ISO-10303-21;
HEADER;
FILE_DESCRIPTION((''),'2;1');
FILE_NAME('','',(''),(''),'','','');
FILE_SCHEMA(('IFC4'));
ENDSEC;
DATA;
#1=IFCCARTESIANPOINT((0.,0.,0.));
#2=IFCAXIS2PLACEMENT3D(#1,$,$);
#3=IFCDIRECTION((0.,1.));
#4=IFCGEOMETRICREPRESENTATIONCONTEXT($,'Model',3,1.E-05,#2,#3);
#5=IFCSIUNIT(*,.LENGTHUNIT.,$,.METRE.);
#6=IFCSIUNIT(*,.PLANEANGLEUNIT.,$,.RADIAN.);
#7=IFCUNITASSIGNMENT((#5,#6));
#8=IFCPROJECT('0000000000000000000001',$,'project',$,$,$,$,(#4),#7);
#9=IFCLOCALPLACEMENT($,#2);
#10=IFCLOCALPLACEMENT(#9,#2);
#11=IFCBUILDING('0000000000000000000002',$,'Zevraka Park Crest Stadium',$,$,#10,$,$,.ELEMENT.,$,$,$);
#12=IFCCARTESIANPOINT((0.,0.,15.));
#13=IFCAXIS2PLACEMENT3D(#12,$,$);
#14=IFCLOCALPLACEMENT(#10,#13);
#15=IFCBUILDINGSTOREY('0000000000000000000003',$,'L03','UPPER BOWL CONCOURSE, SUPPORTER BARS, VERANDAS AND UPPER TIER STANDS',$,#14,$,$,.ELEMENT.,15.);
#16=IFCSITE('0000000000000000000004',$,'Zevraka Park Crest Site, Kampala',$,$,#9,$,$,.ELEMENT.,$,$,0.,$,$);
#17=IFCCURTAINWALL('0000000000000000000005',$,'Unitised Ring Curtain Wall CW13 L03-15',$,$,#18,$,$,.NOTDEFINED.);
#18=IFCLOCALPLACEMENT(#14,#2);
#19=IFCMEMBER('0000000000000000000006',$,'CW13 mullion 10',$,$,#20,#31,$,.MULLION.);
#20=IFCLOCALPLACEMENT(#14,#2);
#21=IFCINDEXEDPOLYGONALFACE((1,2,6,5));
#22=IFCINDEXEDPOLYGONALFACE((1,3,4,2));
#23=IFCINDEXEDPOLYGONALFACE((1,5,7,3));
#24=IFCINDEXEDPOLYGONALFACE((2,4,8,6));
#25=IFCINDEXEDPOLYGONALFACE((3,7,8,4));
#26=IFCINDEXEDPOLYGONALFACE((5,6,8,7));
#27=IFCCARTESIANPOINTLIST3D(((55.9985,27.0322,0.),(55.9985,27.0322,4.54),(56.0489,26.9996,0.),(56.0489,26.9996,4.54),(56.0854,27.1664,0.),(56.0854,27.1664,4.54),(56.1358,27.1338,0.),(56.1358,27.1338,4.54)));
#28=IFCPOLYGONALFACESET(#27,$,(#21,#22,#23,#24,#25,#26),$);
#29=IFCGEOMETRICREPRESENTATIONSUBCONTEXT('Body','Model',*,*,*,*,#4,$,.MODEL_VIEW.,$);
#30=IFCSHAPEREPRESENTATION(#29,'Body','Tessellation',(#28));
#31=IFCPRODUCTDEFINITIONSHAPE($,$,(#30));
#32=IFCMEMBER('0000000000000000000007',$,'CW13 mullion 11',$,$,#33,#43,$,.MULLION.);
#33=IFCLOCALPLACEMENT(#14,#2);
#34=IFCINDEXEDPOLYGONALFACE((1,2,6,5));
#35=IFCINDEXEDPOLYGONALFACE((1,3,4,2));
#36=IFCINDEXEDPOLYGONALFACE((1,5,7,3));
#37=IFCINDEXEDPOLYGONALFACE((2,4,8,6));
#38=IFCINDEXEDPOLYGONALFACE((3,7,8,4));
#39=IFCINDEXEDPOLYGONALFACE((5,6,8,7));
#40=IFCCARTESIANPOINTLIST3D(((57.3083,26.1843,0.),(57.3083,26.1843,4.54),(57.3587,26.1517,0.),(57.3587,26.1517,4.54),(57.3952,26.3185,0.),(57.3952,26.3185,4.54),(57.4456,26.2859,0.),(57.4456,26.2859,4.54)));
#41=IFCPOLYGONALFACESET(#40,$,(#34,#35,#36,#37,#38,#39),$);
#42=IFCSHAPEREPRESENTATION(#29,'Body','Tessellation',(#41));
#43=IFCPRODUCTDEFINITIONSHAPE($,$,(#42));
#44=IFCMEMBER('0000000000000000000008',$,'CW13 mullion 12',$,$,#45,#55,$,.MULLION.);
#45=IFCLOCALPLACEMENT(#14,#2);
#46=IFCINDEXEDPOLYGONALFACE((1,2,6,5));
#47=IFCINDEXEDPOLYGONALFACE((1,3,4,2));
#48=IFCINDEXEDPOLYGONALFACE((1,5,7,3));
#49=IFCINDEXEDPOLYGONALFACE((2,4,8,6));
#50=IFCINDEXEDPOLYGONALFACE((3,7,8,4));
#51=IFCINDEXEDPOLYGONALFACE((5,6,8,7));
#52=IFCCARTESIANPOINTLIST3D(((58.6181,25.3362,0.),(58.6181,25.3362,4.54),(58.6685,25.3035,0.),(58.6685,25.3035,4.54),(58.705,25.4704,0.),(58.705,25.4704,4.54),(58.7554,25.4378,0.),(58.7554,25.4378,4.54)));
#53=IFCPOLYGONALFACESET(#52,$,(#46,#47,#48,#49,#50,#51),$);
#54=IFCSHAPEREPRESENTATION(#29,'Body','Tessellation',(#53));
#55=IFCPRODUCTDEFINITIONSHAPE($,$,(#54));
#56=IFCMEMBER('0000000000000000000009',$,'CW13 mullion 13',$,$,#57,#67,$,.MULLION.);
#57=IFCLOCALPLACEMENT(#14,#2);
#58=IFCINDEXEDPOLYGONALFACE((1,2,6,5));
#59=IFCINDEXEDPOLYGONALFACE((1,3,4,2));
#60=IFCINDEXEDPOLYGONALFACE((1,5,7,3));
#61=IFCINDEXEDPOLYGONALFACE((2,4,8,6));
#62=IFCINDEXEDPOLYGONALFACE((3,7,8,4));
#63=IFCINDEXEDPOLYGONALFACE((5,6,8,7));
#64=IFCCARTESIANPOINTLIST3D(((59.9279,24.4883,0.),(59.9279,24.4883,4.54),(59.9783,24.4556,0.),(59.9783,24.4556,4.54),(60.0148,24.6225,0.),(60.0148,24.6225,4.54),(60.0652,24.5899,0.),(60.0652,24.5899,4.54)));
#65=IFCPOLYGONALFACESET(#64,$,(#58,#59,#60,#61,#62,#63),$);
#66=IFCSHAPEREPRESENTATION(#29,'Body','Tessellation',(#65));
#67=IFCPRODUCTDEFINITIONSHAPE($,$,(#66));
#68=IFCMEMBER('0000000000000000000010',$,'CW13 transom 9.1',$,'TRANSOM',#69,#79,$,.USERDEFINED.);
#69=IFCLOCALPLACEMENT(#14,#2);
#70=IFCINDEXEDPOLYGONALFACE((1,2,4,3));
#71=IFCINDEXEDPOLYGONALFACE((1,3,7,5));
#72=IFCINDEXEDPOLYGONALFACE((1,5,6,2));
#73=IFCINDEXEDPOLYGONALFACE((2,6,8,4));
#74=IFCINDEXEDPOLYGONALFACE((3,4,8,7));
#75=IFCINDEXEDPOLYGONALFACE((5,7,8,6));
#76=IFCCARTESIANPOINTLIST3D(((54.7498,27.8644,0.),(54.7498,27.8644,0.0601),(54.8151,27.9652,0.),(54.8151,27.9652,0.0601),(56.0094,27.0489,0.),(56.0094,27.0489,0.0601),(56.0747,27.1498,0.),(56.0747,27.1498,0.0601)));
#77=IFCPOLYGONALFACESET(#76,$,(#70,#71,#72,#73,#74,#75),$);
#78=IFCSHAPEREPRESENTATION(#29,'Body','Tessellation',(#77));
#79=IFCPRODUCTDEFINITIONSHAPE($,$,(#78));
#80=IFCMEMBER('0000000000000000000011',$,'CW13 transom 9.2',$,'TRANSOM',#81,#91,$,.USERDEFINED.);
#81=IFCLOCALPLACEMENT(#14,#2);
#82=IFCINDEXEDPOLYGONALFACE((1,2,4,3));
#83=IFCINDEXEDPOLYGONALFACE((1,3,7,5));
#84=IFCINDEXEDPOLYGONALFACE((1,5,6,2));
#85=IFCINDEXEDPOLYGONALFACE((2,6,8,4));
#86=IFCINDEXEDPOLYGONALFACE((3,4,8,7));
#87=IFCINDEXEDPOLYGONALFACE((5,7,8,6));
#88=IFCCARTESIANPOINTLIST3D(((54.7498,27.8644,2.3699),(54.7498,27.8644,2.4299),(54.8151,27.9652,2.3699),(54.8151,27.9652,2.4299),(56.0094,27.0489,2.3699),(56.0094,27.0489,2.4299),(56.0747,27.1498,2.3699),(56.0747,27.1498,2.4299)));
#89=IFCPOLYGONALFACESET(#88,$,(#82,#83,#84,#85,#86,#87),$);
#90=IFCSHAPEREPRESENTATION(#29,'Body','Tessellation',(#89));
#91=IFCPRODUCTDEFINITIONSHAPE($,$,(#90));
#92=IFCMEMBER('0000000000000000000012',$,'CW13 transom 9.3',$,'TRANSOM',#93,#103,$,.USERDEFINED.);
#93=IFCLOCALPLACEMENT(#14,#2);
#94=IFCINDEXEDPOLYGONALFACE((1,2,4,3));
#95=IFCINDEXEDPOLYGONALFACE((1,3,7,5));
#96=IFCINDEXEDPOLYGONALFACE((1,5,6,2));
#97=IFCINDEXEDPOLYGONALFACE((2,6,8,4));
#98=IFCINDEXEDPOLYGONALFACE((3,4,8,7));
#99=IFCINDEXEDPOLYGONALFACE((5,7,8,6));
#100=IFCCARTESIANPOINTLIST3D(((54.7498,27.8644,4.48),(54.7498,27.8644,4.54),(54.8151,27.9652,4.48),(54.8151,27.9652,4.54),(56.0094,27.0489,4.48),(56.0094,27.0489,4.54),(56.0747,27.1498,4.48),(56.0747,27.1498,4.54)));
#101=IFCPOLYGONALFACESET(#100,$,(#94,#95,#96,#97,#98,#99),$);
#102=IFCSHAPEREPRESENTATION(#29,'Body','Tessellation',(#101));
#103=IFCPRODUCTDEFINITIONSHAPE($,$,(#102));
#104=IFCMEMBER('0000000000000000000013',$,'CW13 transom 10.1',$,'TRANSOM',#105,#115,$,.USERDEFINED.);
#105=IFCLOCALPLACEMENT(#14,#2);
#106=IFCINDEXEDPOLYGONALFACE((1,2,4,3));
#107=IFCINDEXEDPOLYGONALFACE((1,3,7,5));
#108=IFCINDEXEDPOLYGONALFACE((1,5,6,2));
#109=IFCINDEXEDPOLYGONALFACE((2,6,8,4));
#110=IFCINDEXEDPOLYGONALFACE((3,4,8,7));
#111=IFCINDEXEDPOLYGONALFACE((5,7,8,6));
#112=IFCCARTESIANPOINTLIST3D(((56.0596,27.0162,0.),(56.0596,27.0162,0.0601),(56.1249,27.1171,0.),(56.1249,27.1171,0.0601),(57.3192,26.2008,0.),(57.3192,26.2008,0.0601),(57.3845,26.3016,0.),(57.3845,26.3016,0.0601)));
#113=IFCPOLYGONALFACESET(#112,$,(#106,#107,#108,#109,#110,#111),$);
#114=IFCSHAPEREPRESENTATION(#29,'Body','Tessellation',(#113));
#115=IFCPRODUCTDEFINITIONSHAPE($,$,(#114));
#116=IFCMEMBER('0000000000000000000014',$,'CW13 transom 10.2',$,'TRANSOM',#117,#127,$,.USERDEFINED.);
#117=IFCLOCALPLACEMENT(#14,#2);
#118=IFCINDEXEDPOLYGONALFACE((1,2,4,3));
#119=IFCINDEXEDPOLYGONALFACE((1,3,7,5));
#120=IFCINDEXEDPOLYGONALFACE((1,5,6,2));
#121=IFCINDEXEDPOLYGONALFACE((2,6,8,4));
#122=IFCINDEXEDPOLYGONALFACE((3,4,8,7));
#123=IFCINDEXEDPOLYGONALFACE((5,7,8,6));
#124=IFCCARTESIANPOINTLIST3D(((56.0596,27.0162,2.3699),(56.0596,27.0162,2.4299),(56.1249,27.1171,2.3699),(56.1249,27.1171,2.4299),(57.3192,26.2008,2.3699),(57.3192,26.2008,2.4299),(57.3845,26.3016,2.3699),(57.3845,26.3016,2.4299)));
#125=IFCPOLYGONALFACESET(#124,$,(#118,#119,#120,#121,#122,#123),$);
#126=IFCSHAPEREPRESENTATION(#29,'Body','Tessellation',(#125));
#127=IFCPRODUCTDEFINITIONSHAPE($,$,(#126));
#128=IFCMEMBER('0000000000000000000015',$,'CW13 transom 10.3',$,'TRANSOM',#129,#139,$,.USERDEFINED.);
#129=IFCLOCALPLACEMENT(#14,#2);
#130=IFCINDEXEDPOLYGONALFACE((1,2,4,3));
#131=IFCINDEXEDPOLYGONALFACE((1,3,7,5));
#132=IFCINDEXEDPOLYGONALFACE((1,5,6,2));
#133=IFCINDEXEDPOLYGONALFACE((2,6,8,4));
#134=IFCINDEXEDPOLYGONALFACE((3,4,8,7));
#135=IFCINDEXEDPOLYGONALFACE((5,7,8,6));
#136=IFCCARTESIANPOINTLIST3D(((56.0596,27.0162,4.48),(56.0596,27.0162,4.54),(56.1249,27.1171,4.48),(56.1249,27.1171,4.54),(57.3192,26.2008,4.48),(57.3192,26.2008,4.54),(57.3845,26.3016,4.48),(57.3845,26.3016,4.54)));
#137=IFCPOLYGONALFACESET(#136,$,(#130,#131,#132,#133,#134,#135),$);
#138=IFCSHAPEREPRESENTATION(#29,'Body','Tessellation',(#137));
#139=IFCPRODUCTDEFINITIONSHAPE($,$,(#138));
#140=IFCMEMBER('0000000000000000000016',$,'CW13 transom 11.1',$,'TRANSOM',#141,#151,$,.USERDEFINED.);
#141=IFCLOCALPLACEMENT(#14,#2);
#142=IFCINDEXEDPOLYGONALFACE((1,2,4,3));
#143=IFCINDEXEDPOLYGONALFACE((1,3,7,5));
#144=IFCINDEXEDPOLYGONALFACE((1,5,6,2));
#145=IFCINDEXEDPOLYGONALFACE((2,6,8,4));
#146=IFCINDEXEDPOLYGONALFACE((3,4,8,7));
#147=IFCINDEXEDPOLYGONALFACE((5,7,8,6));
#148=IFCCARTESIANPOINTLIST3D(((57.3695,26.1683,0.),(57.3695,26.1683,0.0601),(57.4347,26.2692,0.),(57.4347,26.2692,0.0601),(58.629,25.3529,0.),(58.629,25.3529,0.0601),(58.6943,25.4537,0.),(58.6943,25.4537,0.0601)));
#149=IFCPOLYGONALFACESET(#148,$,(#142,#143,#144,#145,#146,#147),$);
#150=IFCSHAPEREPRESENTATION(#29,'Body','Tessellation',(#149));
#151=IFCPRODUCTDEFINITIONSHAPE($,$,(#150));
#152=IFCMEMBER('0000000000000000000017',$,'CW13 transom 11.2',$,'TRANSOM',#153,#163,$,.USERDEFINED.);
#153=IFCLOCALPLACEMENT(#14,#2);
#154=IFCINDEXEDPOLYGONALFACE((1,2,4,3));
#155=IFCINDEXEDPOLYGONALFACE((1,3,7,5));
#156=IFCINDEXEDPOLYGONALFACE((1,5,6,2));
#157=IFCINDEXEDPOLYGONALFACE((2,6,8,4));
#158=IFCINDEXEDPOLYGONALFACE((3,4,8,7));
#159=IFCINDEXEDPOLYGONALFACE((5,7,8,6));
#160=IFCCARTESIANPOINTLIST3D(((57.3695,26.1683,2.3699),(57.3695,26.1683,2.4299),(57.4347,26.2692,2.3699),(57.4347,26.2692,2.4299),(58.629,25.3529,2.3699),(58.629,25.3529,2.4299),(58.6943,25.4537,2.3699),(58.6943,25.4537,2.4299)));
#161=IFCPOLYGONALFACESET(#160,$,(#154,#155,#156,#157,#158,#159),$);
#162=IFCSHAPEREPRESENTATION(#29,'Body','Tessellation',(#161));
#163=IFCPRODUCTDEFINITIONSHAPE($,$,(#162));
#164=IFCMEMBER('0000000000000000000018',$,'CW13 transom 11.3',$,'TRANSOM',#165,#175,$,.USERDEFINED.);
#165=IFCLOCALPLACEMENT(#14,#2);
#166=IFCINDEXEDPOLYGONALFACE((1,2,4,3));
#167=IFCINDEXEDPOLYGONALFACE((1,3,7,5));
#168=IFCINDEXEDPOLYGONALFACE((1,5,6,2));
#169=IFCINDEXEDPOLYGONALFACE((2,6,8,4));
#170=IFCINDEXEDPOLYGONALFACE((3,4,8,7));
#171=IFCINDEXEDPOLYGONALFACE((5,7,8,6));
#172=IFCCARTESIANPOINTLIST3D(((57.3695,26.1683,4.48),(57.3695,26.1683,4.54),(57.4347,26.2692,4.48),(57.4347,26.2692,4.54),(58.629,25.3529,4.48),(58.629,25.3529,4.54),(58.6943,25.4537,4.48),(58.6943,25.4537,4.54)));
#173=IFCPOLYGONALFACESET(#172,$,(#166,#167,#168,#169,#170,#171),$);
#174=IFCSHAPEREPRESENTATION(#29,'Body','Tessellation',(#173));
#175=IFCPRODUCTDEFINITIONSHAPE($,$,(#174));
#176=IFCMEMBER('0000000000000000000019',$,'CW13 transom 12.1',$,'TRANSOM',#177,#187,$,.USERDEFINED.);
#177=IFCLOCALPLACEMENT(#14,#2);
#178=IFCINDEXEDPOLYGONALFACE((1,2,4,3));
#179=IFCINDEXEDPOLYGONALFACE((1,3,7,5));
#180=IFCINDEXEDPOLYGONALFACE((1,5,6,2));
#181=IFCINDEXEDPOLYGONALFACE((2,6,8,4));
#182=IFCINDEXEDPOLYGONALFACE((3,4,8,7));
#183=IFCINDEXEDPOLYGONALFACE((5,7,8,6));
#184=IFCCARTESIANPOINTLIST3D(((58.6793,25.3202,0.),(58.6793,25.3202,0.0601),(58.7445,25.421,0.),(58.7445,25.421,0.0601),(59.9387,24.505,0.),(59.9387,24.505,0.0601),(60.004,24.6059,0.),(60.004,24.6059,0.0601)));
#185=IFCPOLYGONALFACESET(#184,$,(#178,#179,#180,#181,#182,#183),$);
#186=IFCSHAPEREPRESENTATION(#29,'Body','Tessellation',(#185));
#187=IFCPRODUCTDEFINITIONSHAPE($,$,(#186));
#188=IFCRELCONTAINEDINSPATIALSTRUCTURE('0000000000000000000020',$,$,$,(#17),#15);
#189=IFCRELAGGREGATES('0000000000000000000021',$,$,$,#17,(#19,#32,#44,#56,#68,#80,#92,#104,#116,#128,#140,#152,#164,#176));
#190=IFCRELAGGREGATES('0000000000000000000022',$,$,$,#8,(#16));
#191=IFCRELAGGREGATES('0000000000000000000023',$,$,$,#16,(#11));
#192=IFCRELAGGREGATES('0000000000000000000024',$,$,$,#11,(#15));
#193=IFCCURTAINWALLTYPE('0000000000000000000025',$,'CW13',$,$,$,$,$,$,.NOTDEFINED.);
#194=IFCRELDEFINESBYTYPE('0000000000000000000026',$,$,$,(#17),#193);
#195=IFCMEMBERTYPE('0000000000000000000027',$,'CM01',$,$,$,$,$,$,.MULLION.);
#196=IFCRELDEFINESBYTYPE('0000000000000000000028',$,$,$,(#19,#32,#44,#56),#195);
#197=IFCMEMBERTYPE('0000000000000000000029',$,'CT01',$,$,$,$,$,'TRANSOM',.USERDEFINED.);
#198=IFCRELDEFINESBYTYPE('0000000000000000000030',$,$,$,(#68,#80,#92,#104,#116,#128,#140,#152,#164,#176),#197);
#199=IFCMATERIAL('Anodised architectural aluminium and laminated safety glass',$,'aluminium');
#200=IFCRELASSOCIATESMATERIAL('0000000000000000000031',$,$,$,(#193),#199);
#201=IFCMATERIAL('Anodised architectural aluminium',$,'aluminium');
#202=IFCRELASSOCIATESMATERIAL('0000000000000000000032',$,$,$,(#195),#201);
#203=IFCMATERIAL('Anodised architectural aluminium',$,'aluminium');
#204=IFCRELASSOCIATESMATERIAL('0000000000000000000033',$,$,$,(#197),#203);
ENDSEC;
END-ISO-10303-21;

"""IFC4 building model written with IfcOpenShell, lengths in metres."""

from ifc_helpers import new_model, si_unit, direction, frame, origin, origin_2d, place, context, subcontext, project, spatial, rectangle, extrude, material, material_profile, profile_set, type_object, element, aggregate, save


model = new_model("IFC4")

# Units and contexts
model_context = context("Model", 3, precision=1e-05, world=origin(), true_north=direction((0.0, 1.0)))
body_context = subcontext(model_context, "Body", "Model", "MODEL_VIEW")
ifc_project = project(units=[si_unit("LENGTHUNIT", "METRE"), si_unit("PLANEANGLEUNIT", "RADIAN")], contexts=[model_context])

# Site, building, storey
site_placement = place(None, origin())
site = spatial("IfcSite", under=ifc_project, at=site_placement, Name="Zevraka Park Crest Site, Kampala", CompositionType="ELEMENT", RefElevation=0.0)
building_placement = place(site_placement, origin())
building = spatial("IfcBuilding", under=site, at=building_placement, Name="Zevraka Park Crest Stadium", CompositionType="ELEMENT")
storey_placement = place(building_placement, frame((0.0, 0.0, 15.0)))
storey = spatial("IfcBuildingStorey", under=building, at=storey_placement, Name="L03", Description="UPPER BOWL CONCOURSE, SUPPORTER BARS, VERANDAS AND UPPER TIER STANDS", CompositionType="ELEMENT", Elevation=15.0)

# Curtain wall, members
ifc_material_1 = material(Name="Anodised architectural aluminium and laminated safety glass", Category="aluminium")
curtain_wall_type = type_object("IfcCurtainWallType", Name="CW13", PredefinedType="NOTDEFINED", material=ifc_material_1)
curtain_wall_placement = place(storey_placement, origin())
curtain_wall = element("IfcCurtainWall", 1, at=curtain_wall_placement, inside=storey, type_object=curtain_wall_type, Name="Unitised Ring Curtain Wall CW13 L03-15", PredefinedType="NOTDEFINED")
ifc_material_2 = material(Name="Anodised architectural aluminium", Category="aluminium")
ifc_material_profile_1 = material_profile(ifc_material_2, rectangle(XDim=0.1599, YDim=0.0601, at=origin_2d()), Name="ALU MULLION 160x60")
ifc_profile_set_1 = profile_set([ifc_material_profile_1], Name="Anodised architectural aluminium")
member_type_1 = type_object("IfcMemberType", Name="CM01", PredefinedType="MULLION", material=ifc_profile_set_1)
member_1_placement = place(storey_placement, frame((56.0671, 27.083, 0.0), z_axis=(0.0, 0.0, 1.0), x_axis=(0.543469, 0.839429, 0.0)))
member_1 = element("IfcMember", 2, at=member_1_placement, type_object=member_type_1, Name="CW13 mullion 10", PredefinedType="MULLION", context=body_context, shape_type="SweptSolid", body=[
    extrude(rectangle(XDim=0.1599, YDim=0.0601, at=origin_2d()), origin(), (0.0, 0.0, 1.0), 4.54),
])
member_2_placement = place(storey_placement, frame((57.377, 26.2351, 0.0), z_axis=(0.0, 0.0, 1.0), x_axis=(0.543469, 0.839429, 0.0)))
member_2 = element("IfcMember", 3, at=member_2_placement, type_object=member_type_1, Name="CW13 mullion 11", PredefinedType="MULLION", context=body_context, shape_type="SweptSolid", body=[
    extrude(rectangle(XDim=0.1599, YDim=0.0601, at=origin_2d()), origin(), (0.0, 0.0, 1.0), 4.54),
])
member_3_placement = place(storey_placement, frame((58.6868, 25.387, 0.0), z_axis=(0.0, 0.0, 1.0), x_axis=(0.543469, 0.839429, 0.0)))
member_3 = element("IfcMember", 4, at=member_3_placement, type_object=member_type_1, Name="CW13 mullion 12", PredefinedType="MULLION", context=body_context, shape_type="SweptSolid", body=[
    extrude(rectangle(XDim=0.1599, YDim=0.0601, at=origin_2d()), origin(), (0.0, 0.0, 1.0), 4.54),
])
member_4_placement = place(storey_placement, frame((59.9966, 24.5391, 0.0), z_axis=(0.0, 0.0, 1.0), x_axis=(0.543469, 0.839429, 0.0)))
member_4 = element("IfcMember", 5, at=member_4_placement, type_object=member_type_1, Name="CW13 mullion 13", PredefinedType="MULLION", context=body_context, shape_type="SweptSolid", body=[
    extrude(rectangle(XDim=0.1599, YDim=0.0601, at=origin_2d()), origin(), (0.0, 0.0, 1.0), 4.54),
])
ifc_material_3 = material(Name="Anodised architectural aluminium", Category="aluminium")
ifc_material_profile_2 = material_profile(ifc_material_3, rectangle(XDim=0.1201, YDim=0.0601, at=origin_2d()), Name="ALU TRANSOM 120x60")
ifc_profile_set_2 = profile_set([ifc_material_profile_2], Name="Anodised architectural aluminium")
member_type_2 = type_object("IfcMemberType", Name="CT01", ElementType="TRANSOM", PredefinedType="USERDEFINED", material=ifc_profile_set_2)
member_5_placement = place(storey_placement, frame((54.7825, 27.9148, 0.03), z_axis=(0.839435, -0.54346, 0.0), x_axis=(0.54346, 0.839435, 0.0)))
member_5 = element("IfcMember", 6, at=member_5_placement, type_object=member_type_2, Name="CW13 transom 9.1", ObjectType="TRANSOM", PredefinedType="USERDEFINED", context=body_context, shape_type="SweptSolid", body=[
    extrude(rectangle(XDim=0.1201, YDim=0.0601, at=origin_2d()), origin(), (0.0, 0.0, 1.0), 1.5005),
])
member_6_placement = place(storey_placement, frame((54.7825, 27.9148, 2.3999), z_axis=(0.839435, -0.54346, 0.0), x_axis=(0.54346, 0.839435, 0.0)))
member_6 = element("IfcMember", 7, at=member_6_placement, type_object=member_type_2, Name="CW13 transom 9.2", ObjectType="TRANSOM", PredefinedType="USERDEFINED", context=body_context, shape_type="SweptSolid", body=[
    extrude(rectangle(XDim=0.1201, YDim=0.0601, at=origin_2d()), origin(), (0.0, 0.0, 1.0), 1.5005),
])
member_7_placement = place(storey_placement, frame((54.7825, 27.9148, 4.51), z_axis=(0.839435, -0.54346, 0.0), x_axis=(0.54346, 0.839435, 0.0)))
member_7 = element("IfcMember", 8, at=member_7_placement, type_object=member_type_2, Name="CW13 transom 9.3", ObjectType="TRANSOM", PredefinedType="USERDEFINED", context=body_context, shape_type="SweptSolid", body=[
    extrude(rectangle(XDim=0.1201, YDim=0.0601, at=origin_2d()), origin(), (0.0, 0.0, 1.0), 1.5005),
])
member_8_placement = place(storey_placement, frame((56.0923, 27.0667, 0.03), z_axis=(0.839435, -0.54346, 0.0), x_axis=(0.54346, 0.839435, 0.0)))
member_8 = element("IfcMember", 9, at=member_8_placement, type_object=member_type_2, Name="CW13 transom 10.1", ObjectType="TRANSOM", PredefinedType="USERDEFINED", context=body_context, shape_type="SweptSolid", body=[
    extrude(rectangle(XDim=0.1201, YDim=0.0601, at=origin_2d()), origin(), (0.0, 0.0, 1.0), 1.5005),
])
member_9_placement = place(storey_placement, frame((56.0923, 27.0667, 2.3999), z_axis=(0.839435, -0.54346, 0.0), x_axis=(0.54346, 0.839435, 0.0)))
member_9 = element("IfcMember", 10, at=member_9_placement, type_object=member_type_2, Name="CW13 transom 10.2", ObjectType="TRANSOM", PredefinedType="USERDEFINED", context=body_context, shape_type="SweptSolid", body=[
    extrude(rectangle(XDim=0.1201, YDim=0.0601, at=origin_2d()), origin(), (0.0, 0.0, 1.0), 1.5005),
])
member_10_placement = place(storey_placement, frame((56.0923, 27.0667, 4.51), z_axis=(0.839435, -0.54346, 0.0), x_axis=(0.54346, 0.839435, 0.0)))
member_10 = element("IfcMember", 11, at=member_10_placement, type_object=member_type_2, Name="CW13 transom 10.3", ObjectType="TRANSOM", PredefinedType="USERDEFINED", context=body_context, shape_type="SweptSolid", body=[
    extrude(rectangle(XDim=0.1201, YDim=0.0601, at=origin_2d()), origin(), (0.0, 0.0, 1.0), 1.5005),
])
member_11_placement = place(storey_placement, frame((57.4021, 26.2188, 0.03), z_axis=(0.839435, -0.54346, 0.0), x_axis=(0.54346, 0.839435, 0.0)))
member_11 = element("IfcMember", 12, at=member_11_placement, type_object=member_type_2, Name="CW13 transom 11.1", ObjectType="TRANSOM", PredefinedType="USERDEFINED", context=body_context, shape_type="SweptSolid", body=[
    extrude(rectangle(XDim=0.1201, YDim=0.0601, at=origin_2d()), origin(), (0.0, 0.0, 1.0), 1.5005),
])
member_12_placement = place(storey_placement, frame((57.4021, 26.2188, 2.3999), z_axis=(0.839435, -0.54346, 0.0), x_axis=(0.54346, 0.839435, 0.0)))
member_12 = element("IfcMember", 13, at=member_12_placement, type_object=member_type_2, Name="CW13 transom 11.2", ObjectType="TRANSOM", PredefinedType="USERDEFINED", context=body_context, shape_type="SweptSolid", body=[
    extrude(rectangle(XDim=0.1201, YDim=0.0601, at=origin_2d()), origin(), (0.0, 0.0, 1.0), 1.5005),
])
member_13_placement = place(storey_placement, frame((57.4021, 26.2188, 4.51), z_axis=(0.839435, -0.54346, 0.0), x_axis=(0.54346, 0.839435, 0.0)))
member_13 = element("IfcMember", 14, at=member_13_placement, type_object=member_type_2, Name="CW13 transom 11.3", ObjectType="TRANSOM", PredefinedType="USERDEFINED", context=body_context, shape_type="SweptSolid", body=[
    extrude(rectangle(XDim=0.1201, YDim=0.0601, at=origin_2d()), origin(), (0.0, 0.0, 1.0), 1.5005),
])
member_14_placement = place(storey_placement, frame((58.7119, 25.3706, 0.03), z_axis=(0.839509, -0.543346, 0.0), x_axis=(0.543346, 0.839509, 0.0)))
member_14 = element("IfcMember", 15, at=member_14_placement, type_object=member_type_2, Name="CW13 transom 12.1", ObjectType="TRANSOM", PredefinedType="USERDEFINED", context=body_context, shape_type="SweptSolid", body=[
    extrude(rectangle(XDim=0.1201, YDim=0.0601, at=origin_2d()), origin(), (0.0, 0.0, 1.0), 1.5002),
])

aggregate(curtain_wall, [member_1, member_2, member_3, member_4, member_5, member_6, member_7, member_8, member_9, member_10, member_11, member_12, member_13, member_14])

save(model, "model.ifc")
